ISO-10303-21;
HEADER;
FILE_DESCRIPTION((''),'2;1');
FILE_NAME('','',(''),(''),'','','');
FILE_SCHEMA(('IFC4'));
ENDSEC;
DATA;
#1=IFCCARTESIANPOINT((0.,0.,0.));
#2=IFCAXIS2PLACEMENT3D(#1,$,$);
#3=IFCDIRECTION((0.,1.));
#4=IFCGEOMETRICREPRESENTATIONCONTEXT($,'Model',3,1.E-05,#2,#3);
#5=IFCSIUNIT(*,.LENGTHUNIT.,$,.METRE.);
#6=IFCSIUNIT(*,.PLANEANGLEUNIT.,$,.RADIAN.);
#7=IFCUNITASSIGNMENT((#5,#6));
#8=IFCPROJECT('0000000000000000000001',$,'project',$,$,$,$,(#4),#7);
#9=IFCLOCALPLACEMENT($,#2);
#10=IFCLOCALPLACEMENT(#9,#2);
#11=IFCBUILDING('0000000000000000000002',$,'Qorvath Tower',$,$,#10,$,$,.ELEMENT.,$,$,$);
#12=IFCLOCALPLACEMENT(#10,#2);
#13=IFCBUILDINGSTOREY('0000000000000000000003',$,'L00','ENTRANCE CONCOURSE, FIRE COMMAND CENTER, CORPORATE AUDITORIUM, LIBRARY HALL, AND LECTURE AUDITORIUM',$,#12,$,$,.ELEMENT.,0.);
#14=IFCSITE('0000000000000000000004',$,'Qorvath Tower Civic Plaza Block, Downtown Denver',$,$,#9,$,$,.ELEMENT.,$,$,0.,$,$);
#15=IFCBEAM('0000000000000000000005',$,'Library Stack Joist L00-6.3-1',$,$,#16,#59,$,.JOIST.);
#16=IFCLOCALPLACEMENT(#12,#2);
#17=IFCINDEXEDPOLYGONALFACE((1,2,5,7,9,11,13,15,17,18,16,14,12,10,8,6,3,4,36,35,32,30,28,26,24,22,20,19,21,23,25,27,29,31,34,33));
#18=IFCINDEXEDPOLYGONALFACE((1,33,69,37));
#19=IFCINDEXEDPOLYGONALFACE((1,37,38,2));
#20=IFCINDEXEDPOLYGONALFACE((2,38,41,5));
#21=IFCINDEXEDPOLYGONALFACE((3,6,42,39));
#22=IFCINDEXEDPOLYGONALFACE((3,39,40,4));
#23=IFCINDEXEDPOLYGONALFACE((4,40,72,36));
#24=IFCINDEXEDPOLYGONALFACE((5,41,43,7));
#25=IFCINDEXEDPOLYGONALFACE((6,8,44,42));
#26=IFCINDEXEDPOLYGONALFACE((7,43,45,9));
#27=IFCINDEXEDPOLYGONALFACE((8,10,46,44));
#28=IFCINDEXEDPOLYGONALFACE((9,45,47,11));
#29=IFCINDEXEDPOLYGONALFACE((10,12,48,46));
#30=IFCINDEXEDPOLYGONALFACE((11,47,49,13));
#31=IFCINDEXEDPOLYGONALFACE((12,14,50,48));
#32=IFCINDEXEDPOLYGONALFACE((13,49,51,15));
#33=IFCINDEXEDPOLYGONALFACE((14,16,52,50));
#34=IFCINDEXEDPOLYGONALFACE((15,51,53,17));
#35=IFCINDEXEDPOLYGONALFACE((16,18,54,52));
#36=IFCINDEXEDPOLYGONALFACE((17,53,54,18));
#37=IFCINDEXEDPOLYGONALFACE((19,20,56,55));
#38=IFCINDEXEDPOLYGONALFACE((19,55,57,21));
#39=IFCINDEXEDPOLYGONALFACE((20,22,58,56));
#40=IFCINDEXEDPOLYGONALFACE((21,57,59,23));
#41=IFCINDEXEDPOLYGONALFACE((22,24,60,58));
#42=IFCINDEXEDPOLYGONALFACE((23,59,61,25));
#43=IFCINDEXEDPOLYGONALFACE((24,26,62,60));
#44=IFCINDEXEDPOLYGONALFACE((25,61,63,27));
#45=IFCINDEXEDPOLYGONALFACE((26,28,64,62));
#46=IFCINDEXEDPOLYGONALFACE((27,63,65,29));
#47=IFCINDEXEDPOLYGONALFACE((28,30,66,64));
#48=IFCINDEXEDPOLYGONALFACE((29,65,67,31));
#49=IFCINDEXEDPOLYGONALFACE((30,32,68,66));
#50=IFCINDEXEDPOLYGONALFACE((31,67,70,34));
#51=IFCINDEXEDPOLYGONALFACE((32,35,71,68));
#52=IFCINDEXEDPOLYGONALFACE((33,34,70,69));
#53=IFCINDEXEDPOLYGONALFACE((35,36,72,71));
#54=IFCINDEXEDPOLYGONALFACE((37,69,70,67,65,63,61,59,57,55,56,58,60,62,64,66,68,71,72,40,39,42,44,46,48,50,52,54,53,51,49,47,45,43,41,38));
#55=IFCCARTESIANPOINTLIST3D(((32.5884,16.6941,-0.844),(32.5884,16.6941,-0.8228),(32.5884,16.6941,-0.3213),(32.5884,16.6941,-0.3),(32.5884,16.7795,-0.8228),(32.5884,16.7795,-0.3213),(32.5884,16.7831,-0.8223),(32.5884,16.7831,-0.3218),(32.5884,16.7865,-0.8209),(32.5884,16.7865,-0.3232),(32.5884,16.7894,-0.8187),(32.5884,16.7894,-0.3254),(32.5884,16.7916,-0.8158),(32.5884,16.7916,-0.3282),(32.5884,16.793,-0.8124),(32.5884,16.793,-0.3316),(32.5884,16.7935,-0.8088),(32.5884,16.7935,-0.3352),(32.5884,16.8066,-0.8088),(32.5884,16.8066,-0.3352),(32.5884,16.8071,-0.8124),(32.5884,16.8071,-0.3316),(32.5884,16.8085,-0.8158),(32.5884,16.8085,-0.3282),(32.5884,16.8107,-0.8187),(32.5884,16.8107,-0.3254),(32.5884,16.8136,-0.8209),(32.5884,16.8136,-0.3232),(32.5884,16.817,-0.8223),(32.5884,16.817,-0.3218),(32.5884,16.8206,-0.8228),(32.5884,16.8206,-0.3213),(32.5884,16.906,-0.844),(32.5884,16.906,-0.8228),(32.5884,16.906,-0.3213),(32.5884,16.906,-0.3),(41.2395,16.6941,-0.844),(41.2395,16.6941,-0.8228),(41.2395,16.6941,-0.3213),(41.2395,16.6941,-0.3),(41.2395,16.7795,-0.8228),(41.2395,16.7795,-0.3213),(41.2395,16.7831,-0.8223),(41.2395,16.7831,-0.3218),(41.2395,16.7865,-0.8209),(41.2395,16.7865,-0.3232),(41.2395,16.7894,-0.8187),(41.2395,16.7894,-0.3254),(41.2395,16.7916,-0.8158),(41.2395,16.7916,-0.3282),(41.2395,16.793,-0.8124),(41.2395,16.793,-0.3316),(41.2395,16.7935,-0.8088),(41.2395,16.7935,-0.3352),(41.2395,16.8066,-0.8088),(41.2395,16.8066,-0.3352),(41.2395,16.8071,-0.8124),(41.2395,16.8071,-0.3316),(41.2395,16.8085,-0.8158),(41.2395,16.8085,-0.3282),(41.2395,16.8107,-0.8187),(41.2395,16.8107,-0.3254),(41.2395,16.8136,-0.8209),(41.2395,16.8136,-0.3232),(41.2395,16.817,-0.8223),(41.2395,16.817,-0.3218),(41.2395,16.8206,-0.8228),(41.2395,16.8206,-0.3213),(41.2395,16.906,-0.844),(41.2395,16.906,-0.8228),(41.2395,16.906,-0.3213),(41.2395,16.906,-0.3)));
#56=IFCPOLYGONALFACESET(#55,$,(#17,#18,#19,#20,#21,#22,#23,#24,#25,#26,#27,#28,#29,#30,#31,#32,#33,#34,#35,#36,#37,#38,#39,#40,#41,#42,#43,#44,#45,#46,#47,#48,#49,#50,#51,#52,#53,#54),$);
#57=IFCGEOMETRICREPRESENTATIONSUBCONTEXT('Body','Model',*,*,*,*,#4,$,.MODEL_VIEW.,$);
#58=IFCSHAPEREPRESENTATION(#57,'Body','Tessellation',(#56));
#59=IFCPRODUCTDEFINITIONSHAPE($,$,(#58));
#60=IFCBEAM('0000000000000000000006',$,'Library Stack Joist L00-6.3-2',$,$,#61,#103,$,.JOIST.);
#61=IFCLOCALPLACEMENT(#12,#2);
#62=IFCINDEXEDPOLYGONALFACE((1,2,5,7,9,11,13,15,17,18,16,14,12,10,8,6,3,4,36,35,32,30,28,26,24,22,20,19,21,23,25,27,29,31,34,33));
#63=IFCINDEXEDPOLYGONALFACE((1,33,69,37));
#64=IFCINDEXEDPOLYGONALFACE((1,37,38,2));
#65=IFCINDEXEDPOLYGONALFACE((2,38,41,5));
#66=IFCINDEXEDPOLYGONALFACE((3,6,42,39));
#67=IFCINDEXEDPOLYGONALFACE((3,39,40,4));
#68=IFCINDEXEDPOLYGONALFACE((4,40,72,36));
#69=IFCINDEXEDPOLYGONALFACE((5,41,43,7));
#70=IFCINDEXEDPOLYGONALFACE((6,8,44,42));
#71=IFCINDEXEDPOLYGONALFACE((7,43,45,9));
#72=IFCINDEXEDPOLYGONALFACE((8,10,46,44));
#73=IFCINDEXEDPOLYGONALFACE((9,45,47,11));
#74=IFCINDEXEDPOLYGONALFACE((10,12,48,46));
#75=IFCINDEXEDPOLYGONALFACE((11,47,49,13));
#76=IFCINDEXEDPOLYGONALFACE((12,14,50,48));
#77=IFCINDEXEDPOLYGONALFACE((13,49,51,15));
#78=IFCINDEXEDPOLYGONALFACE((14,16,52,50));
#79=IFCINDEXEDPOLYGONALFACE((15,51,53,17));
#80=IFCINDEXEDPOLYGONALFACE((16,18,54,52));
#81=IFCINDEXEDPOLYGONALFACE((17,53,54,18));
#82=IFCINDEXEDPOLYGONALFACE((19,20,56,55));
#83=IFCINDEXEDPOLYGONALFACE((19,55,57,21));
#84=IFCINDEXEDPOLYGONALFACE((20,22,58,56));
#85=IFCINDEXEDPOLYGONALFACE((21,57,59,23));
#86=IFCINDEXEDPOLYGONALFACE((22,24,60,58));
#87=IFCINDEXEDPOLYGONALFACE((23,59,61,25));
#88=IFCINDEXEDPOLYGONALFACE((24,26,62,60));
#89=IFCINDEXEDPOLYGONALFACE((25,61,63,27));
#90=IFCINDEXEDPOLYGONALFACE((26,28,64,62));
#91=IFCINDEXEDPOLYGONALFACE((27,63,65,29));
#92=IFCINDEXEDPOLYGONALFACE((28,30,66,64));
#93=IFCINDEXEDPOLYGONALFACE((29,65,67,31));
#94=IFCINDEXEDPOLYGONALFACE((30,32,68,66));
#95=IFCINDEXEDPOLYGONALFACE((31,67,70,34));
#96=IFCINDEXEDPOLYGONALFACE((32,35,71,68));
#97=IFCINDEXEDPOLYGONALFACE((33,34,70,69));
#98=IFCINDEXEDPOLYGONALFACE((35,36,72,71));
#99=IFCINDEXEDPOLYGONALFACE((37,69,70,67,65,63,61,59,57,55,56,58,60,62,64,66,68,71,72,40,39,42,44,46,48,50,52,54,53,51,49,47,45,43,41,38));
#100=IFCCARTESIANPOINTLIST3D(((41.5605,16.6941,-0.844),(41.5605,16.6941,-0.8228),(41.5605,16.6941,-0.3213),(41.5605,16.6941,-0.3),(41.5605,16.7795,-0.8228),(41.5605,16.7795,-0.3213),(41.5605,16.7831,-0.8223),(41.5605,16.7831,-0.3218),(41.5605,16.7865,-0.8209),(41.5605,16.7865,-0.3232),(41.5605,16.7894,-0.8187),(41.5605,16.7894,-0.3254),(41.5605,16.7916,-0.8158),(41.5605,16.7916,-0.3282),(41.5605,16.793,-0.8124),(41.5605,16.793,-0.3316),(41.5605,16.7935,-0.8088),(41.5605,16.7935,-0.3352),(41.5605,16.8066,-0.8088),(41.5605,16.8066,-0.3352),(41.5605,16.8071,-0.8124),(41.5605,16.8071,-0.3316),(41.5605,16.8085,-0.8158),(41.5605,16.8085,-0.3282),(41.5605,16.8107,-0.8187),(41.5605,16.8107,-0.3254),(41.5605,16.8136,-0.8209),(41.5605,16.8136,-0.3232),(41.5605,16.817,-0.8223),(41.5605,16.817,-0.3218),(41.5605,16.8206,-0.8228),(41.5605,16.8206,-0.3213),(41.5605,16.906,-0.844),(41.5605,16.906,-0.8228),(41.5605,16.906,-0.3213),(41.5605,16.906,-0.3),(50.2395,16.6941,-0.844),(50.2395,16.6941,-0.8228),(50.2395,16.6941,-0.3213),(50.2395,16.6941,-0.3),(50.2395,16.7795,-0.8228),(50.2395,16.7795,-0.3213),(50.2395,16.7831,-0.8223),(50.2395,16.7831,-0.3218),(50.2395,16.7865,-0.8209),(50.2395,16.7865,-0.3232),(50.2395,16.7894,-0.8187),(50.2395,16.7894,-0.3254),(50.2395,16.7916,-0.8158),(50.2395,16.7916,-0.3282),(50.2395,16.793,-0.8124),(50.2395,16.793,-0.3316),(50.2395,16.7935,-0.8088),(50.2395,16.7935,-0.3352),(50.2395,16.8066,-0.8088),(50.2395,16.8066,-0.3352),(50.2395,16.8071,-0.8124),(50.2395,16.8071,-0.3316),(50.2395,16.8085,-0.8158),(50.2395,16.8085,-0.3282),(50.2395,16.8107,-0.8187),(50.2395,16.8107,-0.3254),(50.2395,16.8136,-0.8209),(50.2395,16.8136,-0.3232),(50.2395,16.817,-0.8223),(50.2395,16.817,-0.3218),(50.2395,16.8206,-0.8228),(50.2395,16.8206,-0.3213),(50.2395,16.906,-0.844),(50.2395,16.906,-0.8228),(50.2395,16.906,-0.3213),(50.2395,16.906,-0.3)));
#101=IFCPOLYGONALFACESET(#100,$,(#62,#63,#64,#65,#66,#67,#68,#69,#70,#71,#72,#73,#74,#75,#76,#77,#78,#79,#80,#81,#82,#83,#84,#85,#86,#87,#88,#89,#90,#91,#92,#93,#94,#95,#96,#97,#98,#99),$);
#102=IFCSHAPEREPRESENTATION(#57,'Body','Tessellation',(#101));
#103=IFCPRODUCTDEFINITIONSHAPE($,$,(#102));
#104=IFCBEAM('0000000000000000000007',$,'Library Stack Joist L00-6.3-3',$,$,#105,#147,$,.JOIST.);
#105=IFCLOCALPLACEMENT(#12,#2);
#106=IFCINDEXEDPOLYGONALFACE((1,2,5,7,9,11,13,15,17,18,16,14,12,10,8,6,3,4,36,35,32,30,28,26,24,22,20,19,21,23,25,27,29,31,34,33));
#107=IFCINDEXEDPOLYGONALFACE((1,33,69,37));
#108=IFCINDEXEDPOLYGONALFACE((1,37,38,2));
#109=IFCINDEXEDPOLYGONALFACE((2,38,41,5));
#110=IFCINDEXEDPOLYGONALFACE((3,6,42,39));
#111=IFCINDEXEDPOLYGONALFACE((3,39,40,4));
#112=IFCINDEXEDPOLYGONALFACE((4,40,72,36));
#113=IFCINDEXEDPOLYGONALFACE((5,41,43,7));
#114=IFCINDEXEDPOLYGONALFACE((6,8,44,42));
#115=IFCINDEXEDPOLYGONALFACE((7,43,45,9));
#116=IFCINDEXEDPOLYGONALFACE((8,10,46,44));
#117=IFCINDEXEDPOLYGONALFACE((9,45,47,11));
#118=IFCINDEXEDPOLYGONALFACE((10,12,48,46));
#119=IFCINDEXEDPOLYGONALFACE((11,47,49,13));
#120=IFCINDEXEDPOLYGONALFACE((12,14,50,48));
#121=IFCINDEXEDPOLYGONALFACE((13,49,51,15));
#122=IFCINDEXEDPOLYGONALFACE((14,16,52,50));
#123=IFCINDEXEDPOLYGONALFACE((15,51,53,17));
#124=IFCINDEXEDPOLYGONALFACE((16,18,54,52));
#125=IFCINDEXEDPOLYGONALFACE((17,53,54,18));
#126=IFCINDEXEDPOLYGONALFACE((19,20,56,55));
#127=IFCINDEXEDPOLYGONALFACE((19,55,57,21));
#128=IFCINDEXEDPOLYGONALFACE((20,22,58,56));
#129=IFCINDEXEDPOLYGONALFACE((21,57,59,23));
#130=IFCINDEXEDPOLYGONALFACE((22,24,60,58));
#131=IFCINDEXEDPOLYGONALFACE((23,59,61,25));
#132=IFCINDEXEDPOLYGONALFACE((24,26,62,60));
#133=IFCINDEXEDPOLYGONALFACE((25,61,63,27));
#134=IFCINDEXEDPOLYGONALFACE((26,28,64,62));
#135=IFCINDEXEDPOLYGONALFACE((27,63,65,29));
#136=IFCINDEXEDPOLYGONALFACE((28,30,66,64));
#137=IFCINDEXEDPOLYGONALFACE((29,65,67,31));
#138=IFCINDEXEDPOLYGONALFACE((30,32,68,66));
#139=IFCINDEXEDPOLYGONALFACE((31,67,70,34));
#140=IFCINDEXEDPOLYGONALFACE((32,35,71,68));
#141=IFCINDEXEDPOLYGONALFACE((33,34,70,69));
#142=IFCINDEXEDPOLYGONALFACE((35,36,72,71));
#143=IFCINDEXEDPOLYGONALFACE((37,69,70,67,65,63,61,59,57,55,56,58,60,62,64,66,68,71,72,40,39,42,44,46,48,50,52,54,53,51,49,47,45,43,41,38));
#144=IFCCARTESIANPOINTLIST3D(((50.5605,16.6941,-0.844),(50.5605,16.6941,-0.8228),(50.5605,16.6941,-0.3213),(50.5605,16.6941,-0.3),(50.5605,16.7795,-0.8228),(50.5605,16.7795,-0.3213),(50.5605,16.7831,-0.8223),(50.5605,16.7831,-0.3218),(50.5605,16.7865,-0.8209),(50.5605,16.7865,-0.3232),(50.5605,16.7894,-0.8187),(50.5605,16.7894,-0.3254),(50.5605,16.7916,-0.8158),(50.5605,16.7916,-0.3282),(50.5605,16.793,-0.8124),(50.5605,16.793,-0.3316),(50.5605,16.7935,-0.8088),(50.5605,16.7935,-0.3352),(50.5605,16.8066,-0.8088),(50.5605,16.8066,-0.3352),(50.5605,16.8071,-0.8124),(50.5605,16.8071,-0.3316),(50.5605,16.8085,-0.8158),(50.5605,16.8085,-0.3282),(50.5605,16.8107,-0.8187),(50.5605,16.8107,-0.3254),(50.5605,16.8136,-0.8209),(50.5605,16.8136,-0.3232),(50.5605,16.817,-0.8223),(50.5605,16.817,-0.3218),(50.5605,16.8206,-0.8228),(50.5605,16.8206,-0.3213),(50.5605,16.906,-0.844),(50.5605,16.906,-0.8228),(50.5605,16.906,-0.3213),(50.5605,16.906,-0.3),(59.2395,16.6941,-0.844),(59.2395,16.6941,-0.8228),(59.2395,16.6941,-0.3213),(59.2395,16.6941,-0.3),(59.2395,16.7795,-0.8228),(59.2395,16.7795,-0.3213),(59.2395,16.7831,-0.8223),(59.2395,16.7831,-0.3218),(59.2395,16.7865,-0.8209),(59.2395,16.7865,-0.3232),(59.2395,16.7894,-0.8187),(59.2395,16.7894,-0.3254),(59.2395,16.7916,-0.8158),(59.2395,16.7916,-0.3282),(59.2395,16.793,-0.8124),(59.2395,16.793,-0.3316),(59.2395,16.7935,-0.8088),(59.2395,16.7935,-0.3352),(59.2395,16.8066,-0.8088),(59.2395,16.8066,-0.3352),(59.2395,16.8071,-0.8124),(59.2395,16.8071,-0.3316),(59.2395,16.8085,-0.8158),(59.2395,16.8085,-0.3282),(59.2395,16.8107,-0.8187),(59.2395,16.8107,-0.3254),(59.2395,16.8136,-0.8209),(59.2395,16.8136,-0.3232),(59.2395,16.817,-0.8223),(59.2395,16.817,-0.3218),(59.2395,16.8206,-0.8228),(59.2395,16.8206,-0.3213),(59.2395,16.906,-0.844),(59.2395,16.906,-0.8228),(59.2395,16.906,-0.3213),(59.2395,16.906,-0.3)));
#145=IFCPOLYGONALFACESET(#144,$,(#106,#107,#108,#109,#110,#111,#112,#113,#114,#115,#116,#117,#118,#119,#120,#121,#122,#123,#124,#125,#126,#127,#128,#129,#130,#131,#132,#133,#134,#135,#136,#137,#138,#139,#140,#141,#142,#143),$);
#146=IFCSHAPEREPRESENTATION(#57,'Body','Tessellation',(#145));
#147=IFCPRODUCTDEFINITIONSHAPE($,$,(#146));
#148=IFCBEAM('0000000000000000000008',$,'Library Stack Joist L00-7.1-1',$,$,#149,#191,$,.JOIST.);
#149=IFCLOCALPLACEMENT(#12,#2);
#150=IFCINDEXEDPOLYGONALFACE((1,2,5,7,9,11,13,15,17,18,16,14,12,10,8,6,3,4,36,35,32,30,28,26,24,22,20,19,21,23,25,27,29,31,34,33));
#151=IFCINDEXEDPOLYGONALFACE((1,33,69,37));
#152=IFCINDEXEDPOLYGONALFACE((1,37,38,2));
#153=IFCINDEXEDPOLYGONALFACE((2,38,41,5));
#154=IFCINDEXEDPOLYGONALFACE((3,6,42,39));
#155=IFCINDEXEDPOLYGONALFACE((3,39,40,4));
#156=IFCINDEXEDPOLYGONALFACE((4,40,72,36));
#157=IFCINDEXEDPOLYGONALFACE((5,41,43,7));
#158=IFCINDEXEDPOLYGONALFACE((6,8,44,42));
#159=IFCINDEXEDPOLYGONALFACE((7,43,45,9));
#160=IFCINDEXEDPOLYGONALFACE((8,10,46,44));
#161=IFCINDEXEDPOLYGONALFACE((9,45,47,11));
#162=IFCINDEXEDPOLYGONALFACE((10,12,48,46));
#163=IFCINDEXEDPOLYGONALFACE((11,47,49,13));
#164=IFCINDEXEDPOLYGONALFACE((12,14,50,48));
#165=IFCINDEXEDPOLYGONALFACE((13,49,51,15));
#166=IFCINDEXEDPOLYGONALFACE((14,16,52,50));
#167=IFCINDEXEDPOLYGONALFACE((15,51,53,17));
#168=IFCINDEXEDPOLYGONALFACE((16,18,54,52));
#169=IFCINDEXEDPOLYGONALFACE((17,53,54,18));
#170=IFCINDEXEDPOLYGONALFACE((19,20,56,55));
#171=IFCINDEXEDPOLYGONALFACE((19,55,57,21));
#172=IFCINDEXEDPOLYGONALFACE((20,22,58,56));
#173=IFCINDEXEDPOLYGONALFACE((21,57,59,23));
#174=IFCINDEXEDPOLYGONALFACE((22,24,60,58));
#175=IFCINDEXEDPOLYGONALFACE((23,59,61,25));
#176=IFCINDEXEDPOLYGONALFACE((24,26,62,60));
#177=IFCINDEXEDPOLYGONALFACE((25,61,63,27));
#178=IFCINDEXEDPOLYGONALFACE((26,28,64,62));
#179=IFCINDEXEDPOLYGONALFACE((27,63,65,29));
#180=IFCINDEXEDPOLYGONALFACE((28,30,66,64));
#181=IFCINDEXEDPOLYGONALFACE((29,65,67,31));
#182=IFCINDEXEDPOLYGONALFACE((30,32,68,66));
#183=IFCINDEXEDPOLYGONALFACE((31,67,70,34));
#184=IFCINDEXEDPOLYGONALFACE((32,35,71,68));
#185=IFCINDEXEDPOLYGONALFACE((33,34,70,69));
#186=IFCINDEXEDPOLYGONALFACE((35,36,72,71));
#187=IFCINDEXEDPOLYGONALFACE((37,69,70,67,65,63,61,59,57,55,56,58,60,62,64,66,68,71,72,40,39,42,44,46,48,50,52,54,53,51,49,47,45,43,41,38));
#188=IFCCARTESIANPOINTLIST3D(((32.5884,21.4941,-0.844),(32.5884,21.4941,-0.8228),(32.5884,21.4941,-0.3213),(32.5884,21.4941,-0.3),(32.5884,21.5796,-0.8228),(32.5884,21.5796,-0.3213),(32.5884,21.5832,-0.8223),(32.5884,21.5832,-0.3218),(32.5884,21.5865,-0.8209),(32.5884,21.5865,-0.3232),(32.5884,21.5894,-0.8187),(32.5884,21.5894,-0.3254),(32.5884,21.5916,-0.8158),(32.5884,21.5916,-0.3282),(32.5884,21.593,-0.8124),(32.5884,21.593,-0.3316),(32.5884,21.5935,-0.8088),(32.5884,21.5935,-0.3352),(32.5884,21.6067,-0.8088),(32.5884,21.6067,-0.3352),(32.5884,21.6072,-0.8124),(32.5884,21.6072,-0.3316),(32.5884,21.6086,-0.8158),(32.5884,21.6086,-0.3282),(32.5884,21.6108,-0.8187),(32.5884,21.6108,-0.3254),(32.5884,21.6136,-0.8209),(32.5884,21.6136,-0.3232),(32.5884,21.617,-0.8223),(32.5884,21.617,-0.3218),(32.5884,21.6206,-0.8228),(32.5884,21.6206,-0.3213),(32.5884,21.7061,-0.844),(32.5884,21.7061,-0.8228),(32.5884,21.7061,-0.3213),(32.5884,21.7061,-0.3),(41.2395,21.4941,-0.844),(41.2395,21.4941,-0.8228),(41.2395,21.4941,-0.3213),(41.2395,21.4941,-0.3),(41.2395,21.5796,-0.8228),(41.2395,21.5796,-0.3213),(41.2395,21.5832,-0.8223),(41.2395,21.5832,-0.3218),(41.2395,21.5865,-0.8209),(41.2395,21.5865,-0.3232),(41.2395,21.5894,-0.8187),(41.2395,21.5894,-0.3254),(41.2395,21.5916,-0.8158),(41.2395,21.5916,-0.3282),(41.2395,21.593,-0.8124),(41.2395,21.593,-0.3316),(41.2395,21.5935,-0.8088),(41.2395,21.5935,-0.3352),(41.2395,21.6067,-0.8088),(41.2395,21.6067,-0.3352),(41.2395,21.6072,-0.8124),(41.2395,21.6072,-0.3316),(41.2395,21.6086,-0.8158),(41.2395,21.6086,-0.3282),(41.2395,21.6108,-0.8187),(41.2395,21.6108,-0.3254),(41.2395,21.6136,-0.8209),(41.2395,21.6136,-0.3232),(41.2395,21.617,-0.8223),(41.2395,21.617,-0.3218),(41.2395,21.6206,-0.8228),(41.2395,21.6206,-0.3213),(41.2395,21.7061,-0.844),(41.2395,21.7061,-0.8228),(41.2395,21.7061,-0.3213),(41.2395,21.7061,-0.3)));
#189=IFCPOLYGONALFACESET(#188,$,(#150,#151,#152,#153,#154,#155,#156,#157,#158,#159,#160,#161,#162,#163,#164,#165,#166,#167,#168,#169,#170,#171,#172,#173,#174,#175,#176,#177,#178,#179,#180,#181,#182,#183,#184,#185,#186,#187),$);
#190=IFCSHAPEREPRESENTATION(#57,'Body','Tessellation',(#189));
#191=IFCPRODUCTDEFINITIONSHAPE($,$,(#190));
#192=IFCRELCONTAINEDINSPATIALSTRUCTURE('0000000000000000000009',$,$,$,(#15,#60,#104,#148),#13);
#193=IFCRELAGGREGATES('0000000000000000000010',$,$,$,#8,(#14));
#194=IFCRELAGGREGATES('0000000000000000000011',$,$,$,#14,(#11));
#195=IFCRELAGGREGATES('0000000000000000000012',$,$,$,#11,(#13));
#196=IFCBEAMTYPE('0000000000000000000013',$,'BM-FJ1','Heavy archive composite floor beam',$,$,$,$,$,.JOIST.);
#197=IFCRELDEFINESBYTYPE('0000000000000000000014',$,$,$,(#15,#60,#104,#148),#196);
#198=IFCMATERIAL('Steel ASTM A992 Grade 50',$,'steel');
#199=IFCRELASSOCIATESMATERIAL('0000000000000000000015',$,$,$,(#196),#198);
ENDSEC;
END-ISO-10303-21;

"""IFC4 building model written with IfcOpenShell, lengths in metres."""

from ifc_helpers import new_model, si_unit, direction, frame, origin, origin_2d, place, context, subcontext, project, spatial, i_section, extrude, material, material_profile, profile_set, type_object, element, save


model = new_model("IFC4")

# Units and contexts
model_context = context("Model", 3, precision=1e-05, world=origin(), true_north=direction((0.0, 1.0)))
body_context = subcontext(model_context, "Body", "Model", "MODEL_VIEW")
ifc_project = project(units=[si_unit("LENGTHUNIT", "METRE"), si_unit("PLANEANGLEUNIT", "RADIAN")], contexts=[model_context])

# Site, building, storey
site_placement = place(None, origin())
site = spatial("IfcSite", under=ifc_project, at=site_placement, Name="Qorvath Tower Civic Plaza Block, Downtown Denver", CompositionType="ELEMENT", RefElevation=0.0)
building_placement = place(site_placement, origin())
building = spatial("IfcBuilding", under=site, at=building_placement, Name="Qorvath Tower", CompositionType="ELEMENT")
storey_placement = place(building_placement, origin())
storey = spatial("IfcBuildingStorey", under=building, at=storey_placement, Name="L00", Description="ENTRANCE CONCOURSE, FIRE COMMAND CENTER, CORPORATE AUDITORIUM, LIBRARY HALL, AND LECTURE AUDITORIUM", CompositionType="ELEMENT", Elevation=0.0)

# Beams
ifc_material_1 = material(Name="Steel ASTM A992 Grade 50", Category="steel")
ifc_material_profile_1 = material_profile(ifc_material_1, i_section(OverallWidth=0.2119, OverallDepth=0.5439, WebThickness=0.0132, FlangeThickness=0.0212, FilletRadius=0.0139, at=origin_2d()), Name="W21x83")
ifc_profile_set_1 = profile_set([ifc_material_profile_1], Name="Steel ASTM A992 Grade 50")
beam_type_1 = type_object("IfcBeamType", Name="BM-FJ1", Description="Heavy archive composite floor beam", PredefinedType="JOIST", material=ifc_profile_set_1)
beam_1_placement = place(storey_placement, frame((32.5884, 16.8, -0.572), z_axis=(1.0, 0.0, 0.0), x_axis=(0.0, 1.0, 0.0)))
element("IfcBeam", 1, at=beam_1_placement, inside=storey, type_object=beam_type_1, Name="Library Stack Joist L00-6.3-1", PredefinedType="JOIST", context=body_context, shape_type="SweptSolid", body=[
    extrude(i_section(OverallWidth=0.2119, OverallDepth=0.5439, WebThickness=0.0132, FlangeThickness=0.0212, FilletRadius=0.0139, at=origin_2d()), origin(), (0.0, 0.0, 1.0), 8.6511),
])
for number, where, z_axis, x_axis, name in (
    (2, (41.5605, 16.8, -0.572), (1.0, 0.0, 0.0), (0.0, 1.0, 0.0), "Library Stack Joist L00-6.3-2"),
    (3, (50.5605, 16.8, -0.572), (1.0, 0.0, 0.0), (0.0, 1.0, 0.0), "Library Stack Joist L00-6.3-3"),
):
    element("IfcBeam", number, at=place(storey_placement, frame(where, z_axis=z_axis, x_axis=x_axis)), inside=storey, type_object=beam_type_1, Name=name, PredefinedType="JOIST", context=body_context, shape_type="SweptSolid", body=[
        extrude(i_section(OverallWidth=0.2119, OverallDepth=0.5439, WebThickness=0.0132, FlangeThickness=0.0212, FilletRadius=0.0139, at=origin_2d()), origin(), (0.0, 0.0, 1.0), 8.679),
    ])
beam_2_placement = place(storey_placement, frame((32.5884, 21.6001, -0.572), z_axis=(1.0, 0.0, 0.0), x_axis=(0.0, 1.0, 0.0)))
element("IfcBeam", 4, at=beam_2_placement, inside=storey, type_object=beam_type_1, Name="Library Stack Joist L00-7.1-1", PredefinedType="JOIST", context=body_context, shape_type="SweptSolid", body=[
    extrude(i_section(OverallWidth=0.2119, OverallDepth=0.5439, WebThickness=0.0132, FlangeThickness=0.0212, FilletRadius=0.0139, at=origin_2d()), origin(), (0.0, 0.0, 1.0), 8.6511),
])

save(model, "model.ifc")
